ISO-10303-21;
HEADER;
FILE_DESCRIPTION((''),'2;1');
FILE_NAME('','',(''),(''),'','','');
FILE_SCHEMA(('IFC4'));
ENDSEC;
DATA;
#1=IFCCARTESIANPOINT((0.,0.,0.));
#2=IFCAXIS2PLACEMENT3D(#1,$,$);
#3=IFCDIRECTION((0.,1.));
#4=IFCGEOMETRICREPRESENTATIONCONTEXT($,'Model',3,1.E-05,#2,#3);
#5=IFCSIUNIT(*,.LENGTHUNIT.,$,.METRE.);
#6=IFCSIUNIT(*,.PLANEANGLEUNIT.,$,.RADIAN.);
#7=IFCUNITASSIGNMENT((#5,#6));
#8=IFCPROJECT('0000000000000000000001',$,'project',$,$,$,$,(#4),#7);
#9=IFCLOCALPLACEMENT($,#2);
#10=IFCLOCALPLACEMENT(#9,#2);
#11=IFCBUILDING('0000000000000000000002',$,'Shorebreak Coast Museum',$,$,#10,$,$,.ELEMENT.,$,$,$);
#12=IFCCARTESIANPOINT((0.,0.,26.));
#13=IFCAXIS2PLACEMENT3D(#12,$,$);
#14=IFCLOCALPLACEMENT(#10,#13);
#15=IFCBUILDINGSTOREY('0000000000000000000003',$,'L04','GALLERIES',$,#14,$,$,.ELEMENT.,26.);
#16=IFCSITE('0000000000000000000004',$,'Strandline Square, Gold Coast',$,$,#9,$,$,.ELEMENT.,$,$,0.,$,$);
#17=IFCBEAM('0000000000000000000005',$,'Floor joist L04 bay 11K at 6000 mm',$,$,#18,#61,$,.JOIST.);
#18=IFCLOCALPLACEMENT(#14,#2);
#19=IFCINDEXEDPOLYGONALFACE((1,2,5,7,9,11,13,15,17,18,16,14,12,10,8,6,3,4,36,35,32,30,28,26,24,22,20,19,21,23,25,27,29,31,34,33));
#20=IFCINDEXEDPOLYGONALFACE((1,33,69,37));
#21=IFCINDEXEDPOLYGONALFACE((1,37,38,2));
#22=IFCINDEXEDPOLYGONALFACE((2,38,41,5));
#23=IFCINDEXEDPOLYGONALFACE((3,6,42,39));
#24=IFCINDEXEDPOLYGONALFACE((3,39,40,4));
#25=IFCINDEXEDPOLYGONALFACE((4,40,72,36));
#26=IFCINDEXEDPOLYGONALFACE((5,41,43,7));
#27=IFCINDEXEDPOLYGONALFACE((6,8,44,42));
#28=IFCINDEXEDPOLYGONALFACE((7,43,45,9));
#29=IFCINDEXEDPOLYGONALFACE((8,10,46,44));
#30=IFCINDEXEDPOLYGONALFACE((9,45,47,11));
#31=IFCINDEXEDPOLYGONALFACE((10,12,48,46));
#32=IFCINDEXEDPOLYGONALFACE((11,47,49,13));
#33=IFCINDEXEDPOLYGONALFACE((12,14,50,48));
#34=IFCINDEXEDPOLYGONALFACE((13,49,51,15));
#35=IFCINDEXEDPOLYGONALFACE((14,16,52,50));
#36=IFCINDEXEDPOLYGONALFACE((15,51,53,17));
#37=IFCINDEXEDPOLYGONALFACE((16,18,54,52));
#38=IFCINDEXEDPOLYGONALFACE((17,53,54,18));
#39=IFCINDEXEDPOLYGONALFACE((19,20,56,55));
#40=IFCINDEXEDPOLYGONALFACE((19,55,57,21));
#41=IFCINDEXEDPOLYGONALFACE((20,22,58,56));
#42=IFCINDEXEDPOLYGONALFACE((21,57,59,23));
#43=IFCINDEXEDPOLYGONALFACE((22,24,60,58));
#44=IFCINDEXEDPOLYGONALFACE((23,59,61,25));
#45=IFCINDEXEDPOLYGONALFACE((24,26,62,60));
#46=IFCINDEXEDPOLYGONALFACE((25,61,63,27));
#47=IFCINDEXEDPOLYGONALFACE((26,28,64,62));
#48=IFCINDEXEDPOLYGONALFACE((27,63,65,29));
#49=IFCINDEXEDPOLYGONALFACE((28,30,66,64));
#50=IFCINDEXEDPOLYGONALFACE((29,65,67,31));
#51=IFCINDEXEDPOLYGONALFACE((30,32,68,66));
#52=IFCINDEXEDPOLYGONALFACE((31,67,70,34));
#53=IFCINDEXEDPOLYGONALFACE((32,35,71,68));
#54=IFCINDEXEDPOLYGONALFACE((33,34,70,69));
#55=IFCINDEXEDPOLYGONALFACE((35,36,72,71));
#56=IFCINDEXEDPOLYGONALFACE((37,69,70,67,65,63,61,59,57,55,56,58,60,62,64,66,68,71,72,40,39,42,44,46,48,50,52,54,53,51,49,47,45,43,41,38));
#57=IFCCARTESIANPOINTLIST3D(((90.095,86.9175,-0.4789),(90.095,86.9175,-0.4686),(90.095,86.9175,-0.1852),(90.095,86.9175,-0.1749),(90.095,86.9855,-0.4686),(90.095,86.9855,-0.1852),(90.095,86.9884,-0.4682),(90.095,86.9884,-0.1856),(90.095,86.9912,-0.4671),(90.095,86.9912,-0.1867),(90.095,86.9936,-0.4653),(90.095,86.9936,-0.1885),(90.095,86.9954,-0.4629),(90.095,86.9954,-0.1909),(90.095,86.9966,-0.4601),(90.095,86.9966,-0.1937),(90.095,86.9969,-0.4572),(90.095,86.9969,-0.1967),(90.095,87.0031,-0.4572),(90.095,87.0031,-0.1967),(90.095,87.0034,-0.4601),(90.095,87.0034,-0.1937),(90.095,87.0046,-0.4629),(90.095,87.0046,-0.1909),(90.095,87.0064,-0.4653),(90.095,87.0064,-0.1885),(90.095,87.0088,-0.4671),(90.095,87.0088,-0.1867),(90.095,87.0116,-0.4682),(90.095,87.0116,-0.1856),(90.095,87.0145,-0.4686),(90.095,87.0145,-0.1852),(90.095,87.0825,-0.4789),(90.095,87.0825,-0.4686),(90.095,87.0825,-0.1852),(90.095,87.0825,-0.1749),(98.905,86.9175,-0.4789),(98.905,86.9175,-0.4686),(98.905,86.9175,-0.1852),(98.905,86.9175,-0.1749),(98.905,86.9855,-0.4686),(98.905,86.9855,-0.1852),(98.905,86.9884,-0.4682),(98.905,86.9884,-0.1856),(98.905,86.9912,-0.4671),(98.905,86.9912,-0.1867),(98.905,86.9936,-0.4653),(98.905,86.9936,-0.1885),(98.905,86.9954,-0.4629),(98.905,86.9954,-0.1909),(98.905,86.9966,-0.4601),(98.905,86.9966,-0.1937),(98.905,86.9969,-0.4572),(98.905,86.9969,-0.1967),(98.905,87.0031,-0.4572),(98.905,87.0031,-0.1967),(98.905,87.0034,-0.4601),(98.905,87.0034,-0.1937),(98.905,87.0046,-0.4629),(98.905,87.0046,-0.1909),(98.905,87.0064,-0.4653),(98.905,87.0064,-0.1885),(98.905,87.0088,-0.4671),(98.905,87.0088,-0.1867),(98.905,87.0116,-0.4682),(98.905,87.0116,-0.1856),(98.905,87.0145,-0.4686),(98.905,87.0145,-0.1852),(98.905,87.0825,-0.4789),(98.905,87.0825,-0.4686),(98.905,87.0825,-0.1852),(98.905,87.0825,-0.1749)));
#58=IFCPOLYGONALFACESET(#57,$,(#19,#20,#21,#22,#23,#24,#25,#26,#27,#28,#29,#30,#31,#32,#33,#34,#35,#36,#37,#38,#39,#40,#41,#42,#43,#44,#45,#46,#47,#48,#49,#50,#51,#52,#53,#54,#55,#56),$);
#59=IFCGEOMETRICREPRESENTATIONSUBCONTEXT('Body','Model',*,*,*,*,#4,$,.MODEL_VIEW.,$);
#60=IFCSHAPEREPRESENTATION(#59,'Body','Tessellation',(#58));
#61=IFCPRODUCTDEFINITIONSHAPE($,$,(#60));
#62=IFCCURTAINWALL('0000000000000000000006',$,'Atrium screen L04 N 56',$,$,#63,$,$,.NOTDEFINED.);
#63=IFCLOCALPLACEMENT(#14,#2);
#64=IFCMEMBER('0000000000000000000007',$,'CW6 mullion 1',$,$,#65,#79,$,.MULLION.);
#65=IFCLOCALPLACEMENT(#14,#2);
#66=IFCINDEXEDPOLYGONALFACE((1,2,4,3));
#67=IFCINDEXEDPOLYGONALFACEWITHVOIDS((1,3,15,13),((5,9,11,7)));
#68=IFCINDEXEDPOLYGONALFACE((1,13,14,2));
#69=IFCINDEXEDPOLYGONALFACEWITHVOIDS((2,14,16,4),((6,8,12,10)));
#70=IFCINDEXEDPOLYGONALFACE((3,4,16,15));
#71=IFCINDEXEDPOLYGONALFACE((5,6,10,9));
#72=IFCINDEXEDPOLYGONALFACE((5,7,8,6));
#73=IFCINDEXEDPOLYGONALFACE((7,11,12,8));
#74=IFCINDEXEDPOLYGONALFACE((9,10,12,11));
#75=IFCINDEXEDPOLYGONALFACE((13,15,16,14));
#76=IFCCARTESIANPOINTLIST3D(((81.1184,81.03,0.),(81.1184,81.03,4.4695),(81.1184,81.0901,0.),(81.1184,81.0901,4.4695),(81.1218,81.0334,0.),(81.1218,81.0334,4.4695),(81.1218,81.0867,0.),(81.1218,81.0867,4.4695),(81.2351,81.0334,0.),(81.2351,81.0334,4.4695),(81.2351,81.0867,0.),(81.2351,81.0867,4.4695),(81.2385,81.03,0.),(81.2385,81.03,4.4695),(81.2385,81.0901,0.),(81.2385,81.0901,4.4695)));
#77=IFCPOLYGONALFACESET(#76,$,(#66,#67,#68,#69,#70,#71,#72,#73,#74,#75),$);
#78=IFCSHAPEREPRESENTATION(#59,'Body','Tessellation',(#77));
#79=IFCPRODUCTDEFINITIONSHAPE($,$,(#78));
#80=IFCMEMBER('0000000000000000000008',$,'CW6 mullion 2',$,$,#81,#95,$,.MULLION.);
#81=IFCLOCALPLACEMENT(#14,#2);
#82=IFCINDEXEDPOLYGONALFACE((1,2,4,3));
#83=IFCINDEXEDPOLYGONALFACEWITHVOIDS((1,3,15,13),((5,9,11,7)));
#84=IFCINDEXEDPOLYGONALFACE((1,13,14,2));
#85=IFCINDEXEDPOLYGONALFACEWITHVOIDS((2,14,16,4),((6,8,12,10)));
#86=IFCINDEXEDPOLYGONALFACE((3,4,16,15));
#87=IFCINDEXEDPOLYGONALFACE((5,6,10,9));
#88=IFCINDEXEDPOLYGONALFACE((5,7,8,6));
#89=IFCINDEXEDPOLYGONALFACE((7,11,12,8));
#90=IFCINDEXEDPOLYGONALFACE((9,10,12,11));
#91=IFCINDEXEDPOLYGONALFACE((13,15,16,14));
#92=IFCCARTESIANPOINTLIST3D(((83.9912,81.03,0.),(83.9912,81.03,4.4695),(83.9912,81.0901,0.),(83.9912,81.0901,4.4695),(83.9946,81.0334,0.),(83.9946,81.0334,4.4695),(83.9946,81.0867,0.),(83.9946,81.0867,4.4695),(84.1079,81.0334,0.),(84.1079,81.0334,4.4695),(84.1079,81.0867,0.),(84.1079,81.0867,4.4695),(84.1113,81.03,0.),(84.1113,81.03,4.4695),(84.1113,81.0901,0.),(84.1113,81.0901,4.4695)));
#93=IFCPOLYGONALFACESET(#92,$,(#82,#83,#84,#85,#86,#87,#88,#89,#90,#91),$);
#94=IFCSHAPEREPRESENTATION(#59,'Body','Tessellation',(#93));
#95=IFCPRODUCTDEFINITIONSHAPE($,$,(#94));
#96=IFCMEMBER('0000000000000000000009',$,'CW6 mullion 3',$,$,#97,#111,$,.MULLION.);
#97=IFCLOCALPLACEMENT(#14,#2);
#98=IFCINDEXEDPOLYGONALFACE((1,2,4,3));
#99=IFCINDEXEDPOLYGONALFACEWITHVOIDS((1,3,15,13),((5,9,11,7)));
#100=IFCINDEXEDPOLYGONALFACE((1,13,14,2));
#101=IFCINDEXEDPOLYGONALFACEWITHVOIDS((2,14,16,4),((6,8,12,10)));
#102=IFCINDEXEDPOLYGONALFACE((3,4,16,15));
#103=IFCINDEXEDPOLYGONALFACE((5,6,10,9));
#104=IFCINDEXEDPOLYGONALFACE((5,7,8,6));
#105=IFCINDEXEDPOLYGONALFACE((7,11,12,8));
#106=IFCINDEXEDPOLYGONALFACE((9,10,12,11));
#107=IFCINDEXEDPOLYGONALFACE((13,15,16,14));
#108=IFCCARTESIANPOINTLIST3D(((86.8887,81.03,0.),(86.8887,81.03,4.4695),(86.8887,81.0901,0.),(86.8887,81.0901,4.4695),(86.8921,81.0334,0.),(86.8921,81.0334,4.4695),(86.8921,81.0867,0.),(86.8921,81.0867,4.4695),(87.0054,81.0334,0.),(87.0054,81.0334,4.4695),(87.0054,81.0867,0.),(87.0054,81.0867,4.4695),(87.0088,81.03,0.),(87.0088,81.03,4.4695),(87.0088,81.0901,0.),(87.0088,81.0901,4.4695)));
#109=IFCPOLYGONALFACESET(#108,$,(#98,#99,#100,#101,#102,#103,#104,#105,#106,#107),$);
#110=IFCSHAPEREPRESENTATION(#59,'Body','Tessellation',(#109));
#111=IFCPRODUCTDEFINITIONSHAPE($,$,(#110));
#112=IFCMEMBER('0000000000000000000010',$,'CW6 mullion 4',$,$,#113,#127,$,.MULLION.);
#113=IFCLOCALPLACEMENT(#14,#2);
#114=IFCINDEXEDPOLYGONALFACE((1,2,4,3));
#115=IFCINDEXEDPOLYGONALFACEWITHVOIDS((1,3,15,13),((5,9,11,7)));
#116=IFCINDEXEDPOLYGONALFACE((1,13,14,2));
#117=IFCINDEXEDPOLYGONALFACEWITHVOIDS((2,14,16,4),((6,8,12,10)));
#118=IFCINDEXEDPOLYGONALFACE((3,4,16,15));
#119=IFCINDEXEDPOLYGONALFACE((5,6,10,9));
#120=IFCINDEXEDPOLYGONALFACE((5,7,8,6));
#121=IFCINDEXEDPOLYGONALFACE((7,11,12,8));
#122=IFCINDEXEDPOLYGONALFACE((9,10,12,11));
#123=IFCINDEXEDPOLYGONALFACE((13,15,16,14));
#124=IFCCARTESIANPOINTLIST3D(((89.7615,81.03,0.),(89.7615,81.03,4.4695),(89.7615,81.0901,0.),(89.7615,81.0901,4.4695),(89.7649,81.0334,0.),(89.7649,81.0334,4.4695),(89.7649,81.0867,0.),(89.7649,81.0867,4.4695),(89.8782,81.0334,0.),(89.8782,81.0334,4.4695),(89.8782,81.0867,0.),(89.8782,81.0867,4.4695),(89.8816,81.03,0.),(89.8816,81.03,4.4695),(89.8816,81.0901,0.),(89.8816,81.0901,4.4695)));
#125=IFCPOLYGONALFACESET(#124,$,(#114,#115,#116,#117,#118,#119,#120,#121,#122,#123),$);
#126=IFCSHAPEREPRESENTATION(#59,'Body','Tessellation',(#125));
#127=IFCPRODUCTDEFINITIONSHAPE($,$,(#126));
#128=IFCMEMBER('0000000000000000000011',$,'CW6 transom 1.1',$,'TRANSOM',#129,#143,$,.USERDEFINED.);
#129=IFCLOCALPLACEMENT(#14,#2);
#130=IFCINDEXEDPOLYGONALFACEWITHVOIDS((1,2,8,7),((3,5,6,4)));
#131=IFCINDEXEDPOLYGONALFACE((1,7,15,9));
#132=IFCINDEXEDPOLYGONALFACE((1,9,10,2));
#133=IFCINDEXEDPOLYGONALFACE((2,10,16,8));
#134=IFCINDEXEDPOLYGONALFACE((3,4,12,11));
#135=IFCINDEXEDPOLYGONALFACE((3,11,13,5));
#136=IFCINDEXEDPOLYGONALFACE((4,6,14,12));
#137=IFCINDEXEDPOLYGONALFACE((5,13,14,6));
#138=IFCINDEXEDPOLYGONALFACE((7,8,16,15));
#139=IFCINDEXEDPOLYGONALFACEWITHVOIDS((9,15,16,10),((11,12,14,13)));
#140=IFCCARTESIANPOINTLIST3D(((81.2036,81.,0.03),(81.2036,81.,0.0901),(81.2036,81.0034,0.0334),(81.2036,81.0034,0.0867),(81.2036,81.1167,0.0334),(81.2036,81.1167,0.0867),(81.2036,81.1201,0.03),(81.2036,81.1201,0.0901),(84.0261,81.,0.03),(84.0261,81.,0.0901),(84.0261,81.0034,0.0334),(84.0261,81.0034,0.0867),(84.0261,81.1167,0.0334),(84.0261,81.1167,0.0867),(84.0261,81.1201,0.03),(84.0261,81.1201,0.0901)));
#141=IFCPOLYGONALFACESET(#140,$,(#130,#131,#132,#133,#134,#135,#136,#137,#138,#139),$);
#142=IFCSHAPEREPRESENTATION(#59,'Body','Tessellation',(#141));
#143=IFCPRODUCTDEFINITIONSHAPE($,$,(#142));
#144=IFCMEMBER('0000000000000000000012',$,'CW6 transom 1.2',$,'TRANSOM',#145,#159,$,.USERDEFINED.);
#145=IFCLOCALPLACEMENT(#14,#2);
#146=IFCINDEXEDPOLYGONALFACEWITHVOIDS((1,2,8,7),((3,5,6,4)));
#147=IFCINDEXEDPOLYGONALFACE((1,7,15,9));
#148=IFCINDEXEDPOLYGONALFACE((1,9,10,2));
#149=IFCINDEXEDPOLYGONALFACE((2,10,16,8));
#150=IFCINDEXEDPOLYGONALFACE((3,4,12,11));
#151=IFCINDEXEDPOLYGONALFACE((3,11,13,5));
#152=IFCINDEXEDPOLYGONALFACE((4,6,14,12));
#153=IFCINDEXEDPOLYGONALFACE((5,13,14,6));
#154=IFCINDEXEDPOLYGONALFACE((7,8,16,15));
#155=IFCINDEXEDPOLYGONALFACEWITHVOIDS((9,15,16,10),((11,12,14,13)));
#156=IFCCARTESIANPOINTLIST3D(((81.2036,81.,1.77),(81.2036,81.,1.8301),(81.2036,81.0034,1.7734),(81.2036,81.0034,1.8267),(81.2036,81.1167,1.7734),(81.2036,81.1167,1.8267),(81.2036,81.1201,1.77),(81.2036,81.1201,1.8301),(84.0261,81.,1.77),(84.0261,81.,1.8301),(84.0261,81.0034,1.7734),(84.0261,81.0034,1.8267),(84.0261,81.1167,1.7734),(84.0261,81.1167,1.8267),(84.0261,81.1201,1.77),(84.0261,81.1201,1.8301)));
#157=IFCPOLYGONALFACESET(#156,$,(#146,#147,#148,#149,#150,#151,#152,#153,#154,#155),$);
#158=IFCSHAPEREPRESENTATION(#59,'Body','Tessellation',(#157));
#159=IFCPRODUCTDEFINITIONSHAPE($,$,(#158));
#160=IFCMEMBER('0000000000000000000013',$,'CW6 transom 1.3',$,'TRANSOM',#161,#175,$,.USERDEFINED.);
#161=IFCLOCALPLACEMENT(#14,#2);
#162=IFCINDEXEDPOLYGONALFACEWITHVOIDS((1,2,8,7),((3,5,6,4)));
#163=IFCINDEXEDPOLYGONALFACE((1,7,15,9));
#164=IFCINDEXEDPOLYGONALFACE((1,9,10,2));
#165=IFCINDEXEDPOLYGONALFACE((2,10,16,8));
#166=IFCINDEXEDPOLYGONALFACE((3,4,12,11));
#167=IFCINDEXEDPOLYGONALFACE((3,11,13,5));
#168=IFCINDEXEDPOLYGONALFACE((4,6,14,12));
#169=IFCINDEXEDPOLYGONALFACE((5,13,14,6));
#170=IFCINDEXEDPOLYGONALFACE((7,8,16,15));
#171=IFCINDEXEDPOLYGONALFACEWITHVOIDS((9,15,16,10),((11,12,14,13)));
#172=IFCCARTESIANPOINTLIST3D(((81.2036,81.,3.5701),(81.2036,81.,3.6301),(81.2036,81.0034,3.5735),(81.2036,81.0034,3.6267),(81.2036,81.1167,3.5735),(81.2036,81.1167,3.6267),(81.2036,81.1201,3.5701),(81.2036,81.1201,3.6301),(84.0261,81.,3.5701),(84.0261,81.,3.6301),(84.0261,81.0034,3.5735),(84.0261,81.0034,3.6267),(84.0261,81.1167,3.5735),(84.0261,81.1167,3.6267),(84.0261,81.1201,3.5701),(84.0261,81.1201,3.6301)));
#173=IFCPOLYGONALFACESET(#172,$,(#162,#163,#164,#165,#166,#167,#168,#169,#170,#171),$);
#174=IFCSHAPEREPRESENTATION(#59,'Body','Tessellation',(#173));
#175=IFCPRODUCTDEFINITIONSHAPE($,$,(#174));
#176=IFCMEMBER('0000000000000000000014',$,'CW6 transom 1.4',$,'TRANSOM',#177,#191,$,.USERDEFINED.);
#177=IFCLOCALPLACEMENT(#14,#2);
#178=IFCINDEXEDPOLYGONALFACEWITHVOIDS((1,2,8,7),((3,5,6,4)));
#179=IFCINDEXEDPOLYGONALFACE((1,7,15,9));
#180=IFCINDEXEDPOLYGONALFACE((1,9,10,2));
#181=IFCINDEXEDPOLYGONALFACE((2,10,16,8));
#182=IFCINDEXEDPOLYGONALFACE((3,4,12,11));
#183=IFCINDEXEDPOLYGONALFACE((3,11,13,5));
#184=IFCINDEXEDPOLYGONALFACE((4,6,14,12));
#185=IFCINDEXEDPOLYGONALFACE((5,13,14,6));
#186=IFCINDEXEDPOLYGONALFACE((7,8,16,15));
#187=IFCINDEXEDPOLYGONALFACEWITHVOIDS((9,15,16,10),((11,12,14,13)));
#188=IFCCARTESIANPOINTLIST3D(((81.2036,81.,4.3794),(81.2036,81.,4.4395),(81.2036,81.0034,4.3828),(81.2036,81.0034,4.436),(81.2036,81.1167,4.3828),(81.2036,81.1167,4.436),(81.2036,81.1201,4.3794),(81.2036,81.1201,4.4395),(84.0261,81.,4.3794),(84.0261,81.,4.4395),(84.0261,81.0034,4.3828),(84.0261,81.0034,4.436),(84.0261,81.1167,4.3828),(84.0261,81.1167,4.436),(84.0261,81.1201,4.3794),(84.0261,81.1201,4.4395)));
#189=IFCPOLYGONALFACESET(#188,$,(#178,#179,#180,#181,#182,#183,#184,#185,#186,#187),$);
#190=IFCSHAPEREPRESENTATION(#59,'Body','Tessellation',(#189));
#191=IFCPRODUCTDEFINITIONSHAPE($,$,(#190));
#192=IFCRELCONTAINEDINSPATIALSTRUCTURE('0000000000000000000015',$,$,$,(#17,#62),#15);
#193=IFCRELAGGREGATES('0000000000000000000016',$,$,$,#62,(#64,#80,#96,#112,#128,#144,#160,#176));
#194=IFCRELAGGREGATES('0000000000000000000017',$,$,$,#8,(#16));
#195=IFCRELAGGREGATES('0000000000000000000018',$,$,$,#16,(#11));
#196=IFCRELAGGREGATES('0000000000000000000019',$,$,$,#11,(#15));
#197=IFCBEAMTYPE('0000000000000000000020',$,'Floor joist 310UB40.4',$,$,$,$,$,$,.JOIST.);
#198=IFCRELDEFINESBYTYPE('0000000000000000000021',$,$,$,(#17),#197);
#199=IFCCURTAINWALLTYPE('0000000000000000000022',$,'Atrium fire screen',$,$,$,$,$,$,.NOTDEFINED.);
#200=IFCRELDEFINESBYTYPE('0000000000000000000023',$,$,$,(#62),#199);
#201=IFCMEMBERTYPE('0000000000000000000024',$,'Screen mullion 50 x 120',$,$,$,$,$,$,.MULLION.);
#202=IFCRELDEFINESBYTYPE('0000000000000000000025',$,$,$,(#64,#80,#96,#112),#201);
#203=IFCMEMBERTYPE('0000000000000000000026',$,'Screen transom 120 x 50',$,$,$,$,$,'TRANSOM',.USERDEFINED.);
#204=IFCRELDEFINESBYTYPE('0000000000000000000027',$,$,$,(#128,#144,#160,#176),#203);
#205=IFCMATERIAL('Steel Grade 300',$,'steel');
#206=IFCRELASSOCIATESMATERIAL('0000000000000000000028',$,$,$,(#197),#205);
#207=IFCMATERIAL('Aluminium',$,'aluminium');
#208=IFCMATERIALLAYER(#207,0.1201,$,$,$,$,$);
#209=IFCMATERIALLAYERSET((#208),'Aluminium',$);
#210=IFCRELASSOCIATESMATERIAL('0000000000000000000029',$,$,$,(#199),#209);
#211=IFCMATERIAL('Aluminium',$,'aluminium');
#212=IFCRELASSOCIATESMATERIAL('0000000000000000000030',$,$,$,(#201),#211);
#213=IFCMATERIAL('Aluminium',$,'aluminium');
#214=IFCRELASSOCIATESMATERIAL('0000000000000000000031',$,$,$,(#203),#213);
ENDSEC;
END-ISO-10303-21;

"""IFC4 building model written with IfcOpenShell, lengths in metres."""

from ifc_helpers import new_model, si_unit, direction, frame, origin, origin_2d, place, context, subcontext, project, spatial, hollow_rectangle, i_section, extrude, material, layer, layer_set, material_profile, profile_set, type_object, element, aggregate, save


model = new_model("IFC4")

# Units and contexts
model_context = context("Model", 3, precision=1e-05, world=origin(), true_north=direction((0.0, 1.0)))
body_context = subcontext(model_context, "Body", "Model", "MODEL_VIEW")
ifc_project = project(units=[si_unit("LENGTHUNIT", "METRE"), si_unit("PLANEANGLEUNIT", "RADIAN")], contexts=[model_context])

# Site, building, storey
site_placement = place(None, origin())
site = spatial("IfcSite", under=ifc_project, at=site_placement, Name="Strandline Square, Gold Coast", CompositionType="ELEMENT", RefElevation=0.0)
building_placement = place(site_placement, origin())
building = spatial("IfcBuilding", under=site, at=building_placement, Name="Shorebreak Coast Museum", CompositionType="ELEMENT")
storey_placement = place(building_placement, frame((0.0, 0.0, 26.0)))
storey = spatial("IfcBuildingStorey", under=building, at=storey_placement, Name="L04", Description="GALLERIES", CompositionType="ELEMENT", Elevation=26.0)

# Beam
ifc_material_1 = material(Name="Steel Grade 300", Category="steel")
ifc_material_profile_1 = material_profile(ifc_material_1, i_section(OverallWidth=0.165, OverallDepth=0.304, WebThickness=0.0061, FlangeThickness=0.0103, FilletRadius=0.0115, at=origin_2d()), Name="310UB40.4")
ifc_profile_set_1 = profile_set([ifc_material_profile_1], Name="Steel Grade 300")
beam_type_1 = type_object("IfcBeamType", Name="Floor joist 310UB40.4", PredefinedType="JOIST", material=ifc_profile_set_1)
for number, where, z_axis, x_axis, name in (
    (1, (90.095, 87.0, -0.3269), (1.0, 0.0, 0.0), (0.0, 1.0, 0.0), "Floor joist L04 bay 11K at 6000 mm"),
):
    element("IfcBeam", number, at=place(storey_placement, frame(where, z_axis=z_axis, x_axis=x_axis)), inside=storey, type_object=beam_type_1, Name=name, PredefinedType="JOIST", context=body_context, shape_type="SweptSolid", body=[
        extrude(i_section(OverallWidth=0.165, OverallDepth=0.304, WebThickness=0.0061, FlangeThickness=0.0103, FilletRadius=0.0115, at=origin_2d()), origin(), (0.0, 0.0, 1.0), 8.8101),
    ])

# Curtain wall, members
ifc_material_2 = material(Name="Aluminium", Category="aluminium")
ifc_layer_1 = layer(ifc_material_2, 0.1201)
ifc_layer_set_1 = layer_set([ifc_layer_1], Name="Aluminium")
curtain_wall_type = type_object("IfcCurtainWallType", Name="Atrium fire screen", PredefinedType="NOTDEFINED", material=ifc_layer_set_1)
curtain_wall_placement = place(storey_placement, origin())
curtain_wall = element("IfcCurtainWall", 2, at=curtain_wall_placement, inside=storey, type_object=curtain_wall_type, Name="Atrium screen L04 N 56", PredefinedType="NOTDEFINED")
ifc_material_3 = material(Name="Aluminium", Category="aluminium")
ifc_material_profile_2 = material_profile(ifc_material_3, hollow_rectangle(XDim=0.0601, YDim=0.1201, WallThickness=0.0034, at=origin_2d()), Name="AL 120x60 RHS")
ifc_profile_set_2 = profile_set([ifc_material_profile_2], Name="Aluminium")
member_type_1 = type_object("IfcMemberType", Name="Screen mullion 50 x 120", PredefinedType="MULLION", material=ifc_profile_set_2)
member_1_placement = place(storey_placement, frame((81.1785, 81.0601, 0.0), z_axis=(0.0, 0.0, 1.0), x_axis=(0.0, 1.0, 0.0)))
member_1 = element("IfcMember", 3, at=member_1_placement, type_object=member_type_1, Name="CW6 mullion 1", PredefinedType="MULLION", context=body_context, shape_type="SweptSolid", body=[
    extrude(hollow_rectangle(XDim=0.0601, YDim=0.1201, WallThickness=0.0034, at=origin_2d()), origin(), (0.0, 0.0, 1.0), 4.4695),
])
member_2_placement = place(storey_placement, frame((84.0513, 81.0601, 0.0), z_axis=(0.0, 0.0, 1.0), x_axis=(0.0, 1.0, 0.0)))
member_2 = element("IfcMember", 4, at=member_2_placement, type_object=member_type_1, Name="CW6 mullion 2", PredefinedType="MULLION", context=body_context, shape_type="SweptSolid", body=[
    extrude(hollow_rectangle(XDim=0.0601, YDim=0.1201, WallThickness=0.0034, at=origin_2d()), origin(), (0.0, 0.0, 1.0), 4.4695),
])
member_3_placement = place(storey_placement, frame((86.9487, 81.0601, 0.0), z_axis=(0.0, 0.0, 1.0), x_axis=(0.0, 1.0, 0.0)))
member_3 = element("IfcMember", 5, at=member_3_placement, type_object=member_type_1, Name="CW6 mullion 3", PredefinedType="MULLION", context=body_context, shape_type="SweptSolid", body=[
    extrude(hollow_rectangle(XDim=0.0601, YDim=0.1201, WallThickness=0.0034, at=origin_2d()), origin(), (0.0, 0.0, 1.0), 4.4695),
])
member_4_placement = place(storey_placement, frame((89.8215, 81.0601, 0.0), z_axis=(0.0, 0.0, 1.0), x_axis=(0.0, 1.0, 0.0)))
member_4 = element("IfcMember", 6, at=member_4_placement, type_object=member_type_1, Name="CW6 mullion 4", PredefinedType="MULLION", context=body_context, shape_type="SweptSolid", body=[
    extrude(hollow_rectangle(XDim=0.0601, YDim=0.1201, WallThickness=0.0034, at=origin_2d()), origin(), (0.0, 0.0, 1.0), 4.4695),
])
ifc_material_4 = material(Name="Aluminium", Category="aluminium")
ifc_material_profile_3 = material_profile(ifc_material_4, hollow_rectangle(XDim=0.1201, YDim=0.0601, WallThickness=0.0034, at=origin_2d()), Name="AL 60x120 RHS")
ifc_profile_set_3 = profile_set([ifc_material_profile_3], Name="Aluminium")
member_type_2 = type_object("IfcMemberType", Name="Screen transom 120 x 50", ElementType="TRANSOM", PredefinedType="USERDEFINED", material=ifc_profile_set_3)
member_5_placement = place(storey_placement, frame((81.2036, 81.0601, 0.0601), z_axis=(1.0, 0.0, 0.0), x_axis=(0.0, 1.0, 0.0)))
member_5 = element("IfcMember", 7, at=member_5_placement, type_object=member_type_2, Name="CW6 transom 1.1", ObjectType="TRANSOM", PredefinedType="USERDEFINED", context=body_context, shape_type="SweptSolid", body=[
    extrude(hollow_rectangle(XDim=0.1201, YDim=0.0601, WallThickness=0.0034, at=origin_2d()), origin(), (0.0, 0.0, 1.0), 2.8225),
])
member_6_placement = place(storey_placement, frame((81.2036, 81.0601, 1.8), z_axis=(1.0, 0.0, 0.0), x_axis=(0.0, 1.0, 0.0)))
member_6 = element("IfcMember", 8, at=member_6_placement, type_object=member_type_2, Name="CW6 transom 1.2", ObjectType="TRANSOM", PredefinedType="USERDEFINED", context=body_context, shape_type="SweptSolid", body=[
    extrude(hollow_rectangle(XDim=0.1201, YDim=0.0601, WallThickness=0.0034, at=origin_2d()), origin(), (0.0, 0.0, 1.0), 2.8225),
])
member_7_placement = place(storey_placement, frame((81.2036, 81.0601, 3.6001), z_axis=(1.0, 0.0, 0.0), x_axis=(0.0, 1.0, 0.0)))
member_7 = element("IfcMember", 9, at=member_7_placement, type_object=member_type_2, Name="CW6 transom 1.3", ObjectType="TRANSOM", PredefinedType="USERDEFINED", context=body_context, shape_type="SweptSolid", body=[
    extrude(hollow_rectangle(XDim=0.1201, YDim=0.0601, WallThickness=0.0034, at=origin_2d()), origin(), (0.0, 0.0, 1.0), 2.8225),
])
member_8_placement = place(storey_placement, frame((81.2036, 81.0601, 4.4094), z_axis=(1.0, 0.0, 0.0), x_axis=(0.0, 1.0, 0.0)))
member_8 = element("IfcMember", 10, at=member_8_placement, type_object=member_type_2, Name="CW6 transom 1.4", ObjectType="TRANSOM", PredefinedType="USERDEFINED", context=body_context, shape_type="SweptSolid", body=[
    extrude(hollow_rectangle(XDim=0.1201, YDim=0.0601, WallThickness=0.0034, at=origin_2d()), origin(), (0.0, 0.0, 1.0), 2.8225),
])
aggregate(curtain_wall, [member_1, member_2, member_3, member_4, member_5, member_6, member_7, member_8])

save(model, "model.ifc")
